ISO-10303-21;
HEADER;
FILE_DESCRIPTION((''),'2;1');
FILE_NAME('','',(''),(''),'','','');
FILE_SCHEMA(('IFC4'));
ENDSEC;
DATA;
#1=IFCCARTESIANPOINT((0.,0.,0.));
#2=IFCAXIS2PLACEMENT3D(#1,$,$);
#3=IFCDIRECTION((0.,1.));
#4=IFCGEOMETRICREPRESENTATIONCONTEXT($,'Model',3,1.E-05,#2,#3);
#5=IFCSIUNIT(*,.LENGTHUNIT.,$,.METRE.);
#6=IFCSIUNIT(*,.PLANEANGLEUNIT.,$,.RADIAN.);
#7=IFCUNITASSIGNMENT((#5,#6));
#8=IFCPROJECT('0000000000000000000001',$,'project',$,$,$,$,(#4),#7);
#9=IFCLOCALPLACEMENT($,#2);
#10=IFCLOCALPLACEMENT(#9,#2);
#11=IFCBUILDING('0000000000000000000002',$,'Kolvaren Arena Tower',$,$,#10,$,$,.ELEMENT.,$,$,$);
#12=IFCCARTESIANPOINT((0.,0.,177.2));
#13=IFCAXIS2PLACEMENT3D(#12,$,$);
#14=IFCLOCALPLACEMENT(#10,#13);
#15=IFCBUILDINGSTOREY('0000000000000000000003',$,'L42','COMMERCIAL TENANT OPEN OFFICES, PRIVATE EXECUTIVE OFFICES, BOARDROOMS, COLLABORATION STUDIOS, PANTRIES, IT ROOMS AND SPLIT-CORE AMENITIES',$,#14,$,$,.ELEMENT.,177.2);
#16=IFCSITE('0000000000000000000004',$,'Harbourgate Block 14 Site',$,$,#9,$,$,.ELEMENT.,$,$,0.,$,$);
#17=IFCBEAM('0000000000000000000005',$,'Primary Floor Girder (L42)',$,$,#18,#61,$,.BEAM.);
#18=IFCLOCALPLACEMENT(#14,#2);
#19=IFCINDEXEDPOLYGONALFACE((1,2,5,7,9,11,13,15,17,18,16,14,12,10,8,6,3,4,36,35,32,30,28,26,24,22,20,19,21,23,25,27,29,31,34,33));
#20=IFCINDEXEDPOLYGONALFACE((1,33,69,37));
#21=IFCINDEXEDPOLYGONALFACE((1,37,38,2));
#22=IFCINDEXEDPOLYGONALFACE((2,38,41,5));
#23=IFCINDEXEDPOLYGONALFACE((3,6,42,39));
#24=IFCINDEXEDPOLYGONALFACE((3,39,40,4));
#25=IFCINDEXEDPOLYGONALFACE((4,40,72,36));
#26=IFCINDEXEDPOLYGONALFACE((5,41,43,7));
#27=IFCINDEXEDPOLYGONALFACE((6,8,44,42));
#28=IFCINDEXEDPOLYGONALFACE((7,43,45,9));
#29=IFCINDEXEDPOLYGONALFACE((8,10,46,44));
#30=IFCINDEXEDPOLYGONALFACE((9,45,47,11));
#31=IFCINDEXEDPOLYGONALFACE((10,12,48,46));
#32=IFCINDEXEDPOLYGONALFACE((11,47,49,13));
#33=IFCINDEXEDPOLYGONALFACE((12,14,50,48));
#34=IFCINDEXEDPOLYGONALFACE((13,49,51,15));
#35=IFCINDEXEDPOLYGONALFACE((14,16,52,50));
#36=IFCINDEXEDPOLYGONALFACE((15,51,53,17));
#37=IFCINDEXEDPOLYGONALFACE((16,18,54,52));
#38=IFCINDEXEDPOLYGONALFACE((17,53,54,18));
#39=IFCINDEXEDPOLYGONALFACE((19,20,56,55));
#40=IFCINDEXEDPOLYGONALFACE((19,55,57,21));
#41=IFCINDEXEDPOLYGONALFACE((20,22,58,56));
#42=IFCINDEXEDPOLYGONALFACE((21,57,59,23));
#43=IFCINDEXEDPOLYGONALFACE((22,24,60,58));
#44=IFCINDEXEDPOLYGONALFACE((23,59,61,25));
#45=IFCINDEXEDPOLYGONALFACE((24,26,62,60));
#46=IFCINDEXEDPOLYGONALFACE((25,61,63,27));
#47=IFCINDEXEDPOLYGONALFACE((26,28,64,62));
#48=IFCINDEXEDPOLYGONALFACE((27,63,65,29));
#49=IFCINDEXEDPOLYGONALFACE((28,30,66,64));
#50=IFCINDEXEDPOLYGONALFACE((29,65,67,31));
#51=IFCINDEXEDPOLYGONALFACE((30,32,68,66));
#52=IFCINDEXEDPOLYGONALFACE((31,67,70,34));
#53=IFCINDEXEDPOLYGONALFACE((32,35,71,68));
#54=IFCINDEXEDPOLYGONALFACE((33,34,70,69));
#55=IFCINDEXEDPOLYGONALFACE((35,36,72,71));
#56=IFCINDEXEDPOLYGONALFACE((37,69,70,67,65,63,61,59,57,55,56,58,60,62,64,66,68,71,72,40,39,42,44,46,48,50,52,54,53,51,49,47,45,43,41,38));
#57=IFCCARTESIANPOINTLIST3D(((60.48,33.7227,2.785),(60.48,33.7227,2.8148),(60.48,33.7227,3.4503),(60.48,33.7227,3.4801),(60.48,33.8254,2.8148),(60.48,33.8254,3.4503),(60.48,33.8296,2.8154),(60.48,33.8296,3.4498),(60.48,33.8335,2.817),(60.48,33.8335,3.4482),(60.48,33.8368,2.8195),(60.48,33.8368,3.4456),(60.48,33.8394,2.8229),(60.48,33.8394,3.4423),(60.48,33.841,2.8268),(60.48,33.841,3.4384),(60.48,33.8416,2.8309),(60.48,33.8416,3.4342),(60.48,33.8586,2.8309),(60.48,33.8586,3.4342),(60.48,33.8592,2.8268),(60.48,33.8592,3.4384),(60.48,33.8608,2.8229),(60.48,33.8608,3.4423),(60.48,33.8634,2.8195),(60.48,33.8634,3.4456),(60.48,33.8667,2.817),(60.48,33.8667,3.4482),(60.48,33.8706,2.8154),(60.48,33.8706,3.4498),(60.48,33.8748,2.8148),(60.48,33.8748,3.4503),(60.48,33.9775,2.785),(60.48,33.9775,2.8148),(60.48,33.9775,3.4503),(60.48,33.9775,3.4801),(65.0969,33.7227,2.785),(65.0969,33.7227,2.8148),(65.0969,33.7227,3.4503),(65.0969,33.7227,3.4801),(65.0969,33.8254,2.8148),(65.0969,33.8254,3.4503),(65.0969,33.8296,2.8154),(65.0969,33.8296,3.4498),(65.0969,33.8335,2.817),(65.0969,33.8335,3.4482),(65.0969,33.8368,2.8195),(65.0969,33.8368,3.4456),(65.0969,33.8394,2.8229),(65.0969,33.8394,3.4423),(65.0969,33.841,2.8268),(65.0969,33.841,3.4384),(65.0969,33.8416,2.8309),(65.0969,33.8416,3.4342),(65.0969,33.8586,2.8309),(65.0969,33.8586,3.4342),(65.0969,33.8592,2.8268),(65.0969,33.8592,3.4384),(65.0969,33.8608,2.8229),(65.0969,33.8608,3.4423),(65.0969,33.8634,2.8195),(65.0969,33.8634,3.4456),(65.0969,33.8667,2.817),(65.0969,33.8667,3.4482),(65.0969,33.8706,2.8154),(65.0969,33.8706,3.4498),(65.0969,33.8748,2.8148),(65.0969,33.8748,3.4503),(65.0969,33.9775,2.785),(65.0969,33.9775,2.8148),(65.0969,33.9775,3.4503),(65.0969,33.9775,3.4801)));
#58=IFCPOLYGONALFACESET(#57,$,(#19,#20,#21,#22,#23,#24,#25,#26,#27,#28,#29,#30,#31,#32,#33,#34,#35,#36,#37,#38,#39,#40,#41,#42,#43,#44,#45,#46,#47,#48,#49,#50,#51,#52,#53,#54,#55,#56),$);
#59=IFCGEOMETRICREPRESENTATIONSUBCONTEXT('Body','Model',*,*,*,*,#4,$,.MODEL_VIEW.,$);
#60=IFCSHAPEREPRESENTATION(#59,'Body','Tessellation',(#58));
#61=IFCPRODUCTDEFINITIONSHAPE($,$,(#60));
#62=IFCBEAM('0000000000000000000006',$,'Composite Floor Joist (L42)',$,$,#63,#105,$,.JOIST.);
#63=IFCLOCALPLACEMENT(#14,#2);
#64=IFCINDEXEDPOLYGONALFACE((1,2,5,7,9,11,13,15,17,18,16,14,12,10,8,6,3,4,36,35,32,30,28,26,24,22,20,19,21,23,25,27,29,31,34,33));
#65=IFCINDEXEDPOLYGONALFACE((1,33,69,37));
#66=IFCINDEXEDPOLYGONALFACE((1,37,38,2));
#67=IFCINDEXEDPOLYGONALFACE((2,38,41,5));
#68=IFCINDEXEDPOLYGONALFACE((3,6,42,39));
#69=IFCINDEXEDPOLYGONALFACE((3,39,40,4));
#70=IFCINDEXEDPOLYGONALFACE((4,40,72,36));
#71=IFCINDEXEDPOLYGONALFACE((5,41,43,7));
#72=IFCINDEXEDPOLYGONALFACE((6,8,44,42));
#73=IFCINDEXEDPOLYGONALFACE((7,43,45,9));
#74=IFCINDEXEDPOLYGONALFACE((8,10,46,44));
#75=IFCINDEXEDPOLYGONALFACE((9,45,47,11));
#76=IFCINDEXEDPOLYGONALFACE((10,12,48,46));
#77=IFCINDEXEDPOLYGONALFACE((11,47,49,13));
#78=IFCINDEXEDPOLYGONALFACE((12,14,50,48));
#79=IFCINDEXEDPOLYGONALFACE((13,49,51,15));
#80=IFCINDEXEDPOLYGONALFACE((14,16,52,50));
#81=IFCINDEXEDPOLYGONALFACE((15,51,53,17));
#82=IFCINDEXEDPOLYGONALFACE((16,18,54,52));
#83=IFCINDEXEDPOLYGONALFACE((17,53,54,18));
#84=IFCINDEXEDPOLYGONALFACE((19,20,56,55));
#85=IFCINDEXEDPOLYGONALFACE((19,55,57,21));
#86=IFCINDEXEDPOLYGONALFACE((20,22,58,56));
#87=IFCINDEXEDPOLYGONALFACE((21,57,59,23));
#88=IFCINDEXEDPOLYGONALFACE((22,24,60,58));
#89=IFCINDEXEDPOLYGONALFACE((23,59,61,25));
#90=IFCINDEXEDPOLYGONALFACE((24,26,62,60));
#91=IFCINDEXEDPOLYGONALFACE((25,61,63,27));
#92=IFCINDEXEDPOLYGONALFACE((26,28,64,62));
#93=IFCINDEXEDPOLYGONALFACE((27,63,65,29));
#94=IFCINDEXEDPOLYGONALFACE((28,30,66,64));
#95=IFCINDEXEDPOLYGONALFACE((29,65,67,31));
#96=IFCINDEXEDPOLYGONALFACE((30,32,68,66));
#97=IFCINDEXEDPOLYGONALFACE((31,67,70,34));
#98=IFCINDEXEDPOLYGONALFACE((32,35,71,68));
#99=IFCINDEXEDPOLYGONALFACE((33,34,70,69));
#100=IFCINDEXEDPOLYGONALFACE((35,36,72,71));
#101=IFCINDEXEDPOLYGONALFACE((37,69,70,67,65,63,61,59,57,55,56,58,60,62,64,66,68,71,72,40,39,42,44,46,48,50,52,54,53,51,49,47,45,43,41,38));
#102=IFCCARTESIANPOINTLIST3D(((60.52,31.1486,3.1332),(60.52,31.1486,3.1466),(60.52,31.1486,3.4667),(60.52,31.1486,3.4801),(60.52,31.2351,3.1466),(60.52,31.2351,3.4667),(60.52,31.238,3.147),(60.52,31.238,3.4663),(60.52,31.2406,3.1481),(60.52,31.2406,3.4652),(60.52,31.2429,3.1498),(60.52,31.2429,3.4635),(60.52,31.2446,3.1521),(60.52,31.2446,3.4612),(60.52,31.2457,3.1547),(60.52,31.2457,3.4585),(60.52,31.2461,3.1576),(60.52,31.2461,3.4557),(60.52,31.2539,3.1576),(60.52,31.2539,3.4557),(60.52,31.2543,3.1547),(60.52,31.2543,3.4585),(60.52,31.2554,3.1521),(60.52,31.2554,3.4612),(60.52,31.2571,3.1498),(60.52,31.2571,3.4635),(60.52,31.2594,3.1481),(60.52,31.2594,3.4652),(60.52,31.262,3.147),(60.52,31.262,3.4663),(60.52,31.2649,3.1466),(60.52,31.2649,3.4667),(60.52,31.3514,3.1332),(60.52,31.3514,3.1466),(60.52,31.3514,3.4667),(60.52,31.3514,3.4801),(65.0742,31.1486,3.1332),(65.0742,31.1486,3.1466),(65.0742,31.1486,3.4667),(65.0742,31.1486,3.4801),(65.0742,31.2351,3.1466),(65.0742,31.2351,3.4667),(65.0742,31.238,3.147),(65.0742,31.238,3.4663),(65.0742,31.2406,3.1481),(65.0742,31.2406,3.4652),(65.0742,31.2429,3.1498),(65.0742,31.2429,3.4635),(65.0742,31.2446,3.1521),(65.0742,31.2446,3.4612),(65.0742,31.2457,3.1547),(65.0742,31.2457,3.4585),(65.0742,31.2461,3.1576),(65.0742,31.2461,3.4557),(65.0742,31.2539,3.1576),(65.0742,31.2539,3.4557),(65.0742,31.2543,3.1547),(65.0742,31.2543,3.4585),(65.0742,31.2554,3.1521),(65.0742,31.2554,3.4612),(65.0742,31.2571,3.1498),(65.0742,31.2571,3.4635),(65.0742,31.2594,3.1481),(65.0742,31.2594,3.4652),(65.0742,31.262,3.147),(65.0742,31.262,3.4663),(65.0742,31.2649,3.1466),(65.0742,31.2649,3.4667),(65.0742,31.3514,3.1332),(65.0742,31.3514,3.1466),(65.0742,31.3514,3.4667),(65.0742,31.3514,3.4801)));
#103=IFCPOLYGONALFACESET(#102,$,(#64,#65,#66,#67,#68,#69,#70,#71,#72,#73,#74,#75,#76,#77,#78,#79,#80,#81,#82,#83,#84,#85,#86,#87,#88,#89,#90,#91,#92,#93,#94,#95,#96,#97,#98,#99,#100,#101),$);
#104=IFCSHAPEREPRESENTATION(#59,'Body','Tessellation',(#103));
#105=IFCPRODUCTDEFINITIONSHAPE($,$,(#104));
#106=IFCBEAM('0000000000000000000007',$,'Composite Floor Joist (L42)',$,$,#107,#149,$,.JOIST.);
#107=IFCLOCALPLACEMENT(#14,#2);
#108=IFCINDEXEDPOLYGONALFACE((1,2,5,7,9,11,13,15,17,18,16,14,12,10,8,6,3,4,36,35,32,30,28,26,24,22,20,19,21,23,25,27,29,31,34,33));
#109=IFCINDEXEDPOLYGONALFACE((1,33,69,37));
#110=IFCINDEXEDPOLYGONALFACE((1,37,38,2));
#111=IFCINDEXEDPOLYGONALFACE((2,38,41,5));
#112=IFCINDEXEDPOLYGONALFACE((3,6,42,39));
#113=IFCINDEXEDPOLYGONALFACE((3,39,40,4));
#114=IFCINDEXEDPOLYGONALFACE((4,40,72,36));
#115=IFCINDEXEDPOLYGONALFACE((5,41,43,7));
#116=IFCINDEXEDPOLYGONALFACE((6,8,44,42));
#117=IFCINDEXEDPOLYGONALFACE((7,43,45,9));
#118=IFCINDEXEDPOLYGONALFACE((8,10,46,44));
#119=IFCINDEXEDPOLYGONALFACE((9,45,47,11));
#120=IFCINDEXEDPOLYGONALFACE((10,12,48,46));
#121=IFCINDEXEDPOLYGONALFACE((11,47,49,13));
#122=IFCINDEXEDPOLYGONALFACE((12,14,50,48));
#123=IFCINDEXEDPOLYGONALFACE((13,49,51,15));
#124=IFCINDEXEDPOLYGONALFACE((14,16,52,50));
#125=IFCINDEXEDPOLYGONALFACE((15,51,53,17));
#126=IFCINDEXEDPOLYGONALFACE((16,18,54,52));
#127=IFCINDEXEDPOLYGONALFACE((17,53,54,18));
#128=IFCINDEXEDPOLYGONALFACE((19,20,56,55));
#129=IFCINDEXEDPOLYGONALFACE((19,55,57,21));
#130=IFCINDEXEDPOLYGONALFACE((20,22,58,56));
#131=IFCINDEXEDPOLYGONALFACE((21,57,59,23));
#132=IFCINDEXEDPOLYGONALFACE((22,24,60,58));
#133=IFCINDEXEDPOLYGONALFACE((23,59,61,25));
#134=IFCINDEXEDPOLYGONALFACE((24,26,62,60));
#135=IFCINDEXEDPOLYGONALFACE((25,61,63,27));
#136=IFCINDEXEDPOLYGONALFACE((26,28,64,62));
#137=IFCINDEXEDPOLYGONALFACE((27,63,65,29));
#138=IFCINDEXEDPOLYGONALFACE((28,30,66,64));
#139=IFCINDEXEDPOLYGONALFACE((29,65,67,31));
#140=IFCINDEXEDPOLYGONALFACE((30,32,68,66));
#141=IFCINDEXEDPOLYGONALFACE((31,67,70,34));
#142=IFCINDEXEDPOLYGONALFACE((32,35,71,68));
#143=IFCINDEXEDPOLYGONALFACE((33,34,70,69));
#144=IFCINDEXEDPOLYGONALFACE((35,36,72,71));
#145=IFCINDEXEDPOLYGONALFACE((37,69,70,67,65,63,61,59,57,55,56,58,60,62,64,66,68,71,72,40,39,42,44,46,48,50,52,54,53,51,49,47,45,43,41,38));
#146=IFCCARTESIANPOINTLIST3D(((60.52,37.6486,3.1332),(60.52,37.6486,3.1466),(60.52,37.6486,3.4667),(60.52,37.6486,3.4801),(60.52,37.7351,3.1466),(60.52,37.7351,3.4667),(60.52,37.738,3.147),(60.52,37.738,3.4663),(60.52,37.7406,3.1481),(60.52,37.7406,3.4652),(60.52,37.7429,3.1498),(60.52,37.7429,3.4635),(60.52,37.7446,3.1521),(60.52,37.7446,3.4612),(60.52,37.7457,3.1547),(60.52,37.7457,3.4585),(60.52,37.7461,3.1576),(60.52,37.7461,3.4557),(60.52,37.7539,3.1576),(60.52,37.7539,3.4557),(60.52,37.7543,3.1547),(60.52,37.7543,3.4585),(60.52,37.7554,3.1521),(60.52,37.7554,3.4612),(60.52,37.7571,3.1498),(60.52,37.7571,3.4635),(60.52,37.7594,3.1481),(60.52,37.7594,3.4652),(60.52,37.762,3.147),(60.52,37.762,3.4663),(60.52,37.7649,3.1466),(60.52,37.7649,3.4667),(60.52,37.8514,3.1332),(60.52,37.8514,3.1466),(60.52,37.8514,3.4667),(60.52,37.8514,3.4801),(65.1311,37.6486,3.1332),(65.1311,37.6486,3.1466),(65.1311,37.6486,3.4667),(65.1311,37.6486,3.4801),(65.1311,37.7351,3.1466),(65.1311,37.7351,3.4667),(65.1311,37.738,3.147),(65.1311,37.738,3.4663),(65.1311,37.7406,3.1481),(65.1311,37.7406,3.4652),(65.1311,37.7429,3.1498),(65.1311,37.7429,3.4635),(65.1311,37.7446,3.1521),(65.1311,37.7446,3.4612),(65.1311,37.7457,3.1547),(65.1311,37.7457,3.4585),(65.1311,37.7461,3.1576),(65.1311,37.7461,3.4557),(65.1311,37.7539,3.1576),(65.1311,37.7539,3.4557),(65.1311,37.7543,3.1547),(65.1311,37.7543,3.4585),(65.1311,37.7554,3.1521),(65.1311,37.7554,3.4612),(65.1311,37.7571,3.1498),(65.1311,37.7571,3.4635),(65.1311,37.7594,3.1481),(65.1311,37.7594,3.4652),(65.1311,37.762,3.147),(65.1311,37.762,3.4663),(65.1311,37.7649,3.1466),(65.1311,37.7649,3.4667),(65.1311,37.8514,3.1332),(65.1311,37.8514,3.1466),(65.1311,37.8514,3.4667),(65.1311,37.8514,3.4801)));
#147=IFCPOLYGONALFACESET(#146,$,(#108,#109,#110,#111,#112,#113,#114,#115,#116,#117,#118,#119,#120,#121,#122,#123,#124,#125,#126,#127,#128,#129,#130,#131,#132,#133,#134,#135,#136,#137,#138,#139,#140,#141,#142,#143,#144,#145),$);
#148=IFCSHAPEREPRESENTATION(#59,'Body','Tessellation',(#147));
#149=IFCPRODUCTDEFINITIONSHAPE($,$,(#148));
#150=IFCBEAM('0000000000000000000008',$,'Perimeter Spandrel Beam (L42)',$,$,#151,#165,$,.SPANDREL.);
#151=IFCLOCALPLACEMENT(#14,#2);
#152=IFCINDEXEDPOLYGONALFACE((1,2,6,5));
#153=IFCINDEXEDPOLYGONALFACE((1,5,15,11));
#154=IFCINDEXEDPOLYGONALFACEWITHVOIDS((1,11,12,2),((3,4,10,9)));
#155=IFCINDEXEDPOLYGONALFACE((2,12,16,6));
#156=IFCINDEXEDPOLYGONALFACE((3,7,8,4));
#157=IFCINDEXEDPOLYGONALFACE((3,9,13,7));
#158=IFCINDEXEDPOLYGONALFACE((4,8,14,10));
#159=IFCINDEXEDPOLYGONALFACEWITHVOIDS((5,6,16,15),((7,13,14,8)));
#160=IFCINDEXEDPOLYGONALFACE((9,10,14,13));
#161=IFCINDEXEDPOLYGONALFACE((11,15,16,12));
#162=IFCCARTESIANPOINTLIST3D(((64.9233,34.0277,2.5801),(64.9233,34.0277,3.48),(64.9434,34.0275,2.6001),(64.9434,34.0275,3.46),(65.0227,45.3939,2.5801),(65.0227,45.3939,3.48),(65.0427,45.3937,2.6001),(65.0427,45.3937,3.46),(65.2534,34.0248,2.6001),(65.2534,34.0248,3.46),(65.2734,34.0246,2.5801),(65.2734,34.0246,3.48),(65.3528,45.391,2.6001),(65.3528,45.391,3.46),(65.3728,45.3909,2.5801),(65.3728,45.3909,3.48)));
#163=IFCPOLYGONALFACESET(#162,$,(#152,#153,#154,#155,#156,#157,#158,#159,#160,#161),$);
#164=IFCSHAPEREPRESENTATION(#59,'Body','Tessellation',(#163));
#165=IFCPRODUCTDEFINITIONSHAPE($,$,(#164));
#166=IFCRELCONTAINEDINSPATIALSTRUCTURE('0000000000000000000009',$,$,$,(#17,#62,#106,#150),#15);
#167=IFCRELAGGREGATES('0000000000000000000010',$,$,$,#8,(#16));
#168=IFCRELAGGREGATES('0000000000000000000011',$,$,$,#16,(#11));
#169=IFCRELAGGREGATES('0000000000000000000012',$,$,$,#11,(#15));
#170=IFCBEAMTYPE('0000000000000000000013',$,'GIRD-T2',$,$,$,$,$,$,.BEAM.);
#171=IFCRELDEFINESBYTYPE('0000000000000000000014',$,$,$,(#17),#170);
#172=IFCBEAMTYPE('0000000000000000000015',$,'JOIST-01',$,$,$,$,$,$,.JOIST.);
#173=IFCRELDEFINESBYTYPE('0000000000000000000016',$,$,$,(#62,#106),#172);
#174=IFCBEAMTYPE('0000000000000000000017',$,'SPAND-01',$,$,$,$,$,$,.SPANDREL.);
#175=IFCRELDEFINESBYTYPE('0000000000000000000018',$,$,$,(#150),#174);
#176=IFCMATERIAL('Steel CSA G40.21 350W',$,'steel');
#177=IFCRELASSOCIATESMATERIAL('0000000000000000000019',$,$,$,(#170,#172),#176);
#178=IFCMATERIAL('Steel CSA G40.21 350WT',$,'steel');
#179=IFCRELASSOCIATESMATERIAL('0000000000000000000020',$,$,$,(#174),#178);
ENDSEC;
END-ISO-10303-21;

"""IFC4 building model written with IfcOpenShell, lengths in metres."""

from ifc_helpers import new_model, si_unit, direction, frame, origin, origin_2d, place, context, subcontext, project, spatial, hollow_rectangle, i_section, extrude, material, material_profile, profile_set, type_object, element, save


model = new_model("IFC4")

# Units and contexts
model_context = context("Model", 3, precision=1e-05, world=origin(), true_north=direction((0.0, 1.0)))
body_context = subcontext(model_context, "Body", "Model", "MODEL_VIEW")
ifc_project = project(units=[si_unit("LENGTHUNIT", "METRE"), si_unit("PLANEANGLEUNIT", "RADIAN")], contexts=[model_context])

# Site, building, storey
site_placement = place(None, origin())
site = spatial("IfcSite", under=ifc_project, at=site_placement, Name="Harbourgate Block 14 Site", CompositionType="ELEMENT", RefElevation=0.0)
building_placement = place(site_placement, origin())
building = spatial("IfcBuilding", under=site, at=building_placement, Name="Kolvaren Arena Tower", CompositionType="ELEMENT")
storey_placement = place(building_placement, frame((0.0, 0.0, 177.2)))
storey = spatial("IfcBuildingStorey", under=building, at=storey_placement, Name="L42", Description="COMMERCIAL TENANT OPEN OFFICES, PRIVATE EXECUTIVE OFFICES, BOARDROOMS, COLLABORATION STUDIOS, PANTRIES, IT ROOMS AND SPLIT-CORE AMENITIES", CompositionType="ELEMENT", Elevation=177.2)

# Beams
ifc_material_1 = material(Name="Steel CSA G40.21 350W", Category="steel")
ifc_material_profile_1 = material_profile(ifc_material_1, i_section(OverallWidth=0.2549, OverallDepth=0.6951, WebThickness=0.0171, FlangeThickness=0.0298, FilletRadius=0.0161, at=origin_2d()), Name="W690x217")
ifc_profile_set_1 = profile_set([ifc_material_profile_1], Name="Steel CSA G40.21 350W")
beam_type_1 = type_object("IfcBeamType", Name="GIRD-T2", PredefinedType="BEAM", material=ifc_profile_set_1)
beam_1_placement = place(storey_placement, frame((60.48, 33.8501, 3.1326), z_axis=(1.0, 0.0, 0.0), x_axis=(0.0, 1.0, 0.0)))
element("IfcBeam", 1, at=beam_1_placement, inside=storey, type_object=beam_type_1, Name="Primary Floor Girder (L42)", PredefinedType="BEAM", context=body_context, shape_type="SweptSolid", body=[
    extrude(i_section(OverallWidth=0.2549, OverallDepth=0.6951, WebThickness=0.0171, FlangeThickness=0.0298, FilletRadius=0.0161, at=origin_2d()), origin(), (0.0, 0.0, 1.0), 4.6169),
])
ifc_material_profile_2 = material_profile(ifc_material_1, i_section(OverallWidth=0.2029, OverallDepth=0.3469, WebThickness=0.0078, FlangeThickness=0.0134, FilletRadius=0.011, at=origin_2d()), Name="W360x64")
ifc_profile_set_2 = profile_set([ifc_material_profile_2], Name="Steel CSA G40.21 350W")
beam_type_2 = type_object("IfcBeamType", Name="JOIST-01", PredefinedType="JOIST", material=ifc_profile_set_2)
beam_2_placement = place(storey_placement, frame((60.52, 31.25, 3.3066), z_axis=(1.0, 0.0, 0.0), x_axis=(0.0, 1.0, 0.0)))
element("IfcBeam", 2, at=beam_2_placement, inside=storey, type_object=beam_type_2, Name="Composite Floor Joist (L42)", PredefinedType="JOIST", context=body_context, shape_type="SweptSolid", body=[
    extrude(i_section(OverallWidth=0.2029, OverallDepth=0.3469, WebThickness=0.0078, FlangeThickness=0.0134, FilletRadius=0.011, at=origin_2d()), origin(), (0.0, 0.0, 1.0), 4.5542),
])
beam_3_placement = place(storey_placement, frame((60.52, 37.75, 3.3066), z_axis=(1.0, 0.0, 0.0), x_axis=(0.0, 1.0, 0.0)))
element("IfcBeam", 3, at=beam_3_placement, inside=storey, type_object=beam_type_2, Name="Composite Floor Joist (L42)", PredefinedType="JOIST", context=body_context, shape_type="SweptSolid", body=[
    extrude(i_section(OverallWidth=0.2029, OverallDepth=0.3469, WebThickness=0.0078, FlangeThickness=0.0134, FilletRadius=0.011, at=origin_2d()), origin(), (0.0, 0.0, 1.0), 4.6111),
])
ifc_material_2 = material(Name="Steel CSA G40.21 350WT", Category="steel")
ifc_material_profile_3 = material_profile(ifc_material_2, hollow_rectangle(XDim=0.3501, YDim=0.8999, WallThickness=0.02, at=origin_2d()), Name="HSS 900x350x20")
ifc_profile_set_3 = profile_set([ifc_material_profile_3], Name="Steel CSA G40.21 350WT")
beam_type_3 = type_object("IfcBeamType", Name="SPAND-01", PredefinedType="SPANDREL", material=ifc_profile_set_3)
beam_4_placement = place(storey_placement, frame((65.0984, 34.0261, 3.03), z_axis=(0.008742, 0.999962, 0.0), x_axis=(-0.999962, 0.008742, 0.0)))
element("IfcBeam", 4, at=beam_4_placement, inside=storey, type_object=beam_type_3, Name="Perimeter Spandrel Beam (L42)", PredefinedType="SPANDREL", context=body_context, shape_type="SweptSolid", body=[
    extrude(hollow_rectangle(XDim=0.3501, YDim=0.8999, WallThickness=0.02, at=origin_2d()), origin(), (0.0, 0.0, 1.0), 11.3667),
])

save(model, "model.ifc")
